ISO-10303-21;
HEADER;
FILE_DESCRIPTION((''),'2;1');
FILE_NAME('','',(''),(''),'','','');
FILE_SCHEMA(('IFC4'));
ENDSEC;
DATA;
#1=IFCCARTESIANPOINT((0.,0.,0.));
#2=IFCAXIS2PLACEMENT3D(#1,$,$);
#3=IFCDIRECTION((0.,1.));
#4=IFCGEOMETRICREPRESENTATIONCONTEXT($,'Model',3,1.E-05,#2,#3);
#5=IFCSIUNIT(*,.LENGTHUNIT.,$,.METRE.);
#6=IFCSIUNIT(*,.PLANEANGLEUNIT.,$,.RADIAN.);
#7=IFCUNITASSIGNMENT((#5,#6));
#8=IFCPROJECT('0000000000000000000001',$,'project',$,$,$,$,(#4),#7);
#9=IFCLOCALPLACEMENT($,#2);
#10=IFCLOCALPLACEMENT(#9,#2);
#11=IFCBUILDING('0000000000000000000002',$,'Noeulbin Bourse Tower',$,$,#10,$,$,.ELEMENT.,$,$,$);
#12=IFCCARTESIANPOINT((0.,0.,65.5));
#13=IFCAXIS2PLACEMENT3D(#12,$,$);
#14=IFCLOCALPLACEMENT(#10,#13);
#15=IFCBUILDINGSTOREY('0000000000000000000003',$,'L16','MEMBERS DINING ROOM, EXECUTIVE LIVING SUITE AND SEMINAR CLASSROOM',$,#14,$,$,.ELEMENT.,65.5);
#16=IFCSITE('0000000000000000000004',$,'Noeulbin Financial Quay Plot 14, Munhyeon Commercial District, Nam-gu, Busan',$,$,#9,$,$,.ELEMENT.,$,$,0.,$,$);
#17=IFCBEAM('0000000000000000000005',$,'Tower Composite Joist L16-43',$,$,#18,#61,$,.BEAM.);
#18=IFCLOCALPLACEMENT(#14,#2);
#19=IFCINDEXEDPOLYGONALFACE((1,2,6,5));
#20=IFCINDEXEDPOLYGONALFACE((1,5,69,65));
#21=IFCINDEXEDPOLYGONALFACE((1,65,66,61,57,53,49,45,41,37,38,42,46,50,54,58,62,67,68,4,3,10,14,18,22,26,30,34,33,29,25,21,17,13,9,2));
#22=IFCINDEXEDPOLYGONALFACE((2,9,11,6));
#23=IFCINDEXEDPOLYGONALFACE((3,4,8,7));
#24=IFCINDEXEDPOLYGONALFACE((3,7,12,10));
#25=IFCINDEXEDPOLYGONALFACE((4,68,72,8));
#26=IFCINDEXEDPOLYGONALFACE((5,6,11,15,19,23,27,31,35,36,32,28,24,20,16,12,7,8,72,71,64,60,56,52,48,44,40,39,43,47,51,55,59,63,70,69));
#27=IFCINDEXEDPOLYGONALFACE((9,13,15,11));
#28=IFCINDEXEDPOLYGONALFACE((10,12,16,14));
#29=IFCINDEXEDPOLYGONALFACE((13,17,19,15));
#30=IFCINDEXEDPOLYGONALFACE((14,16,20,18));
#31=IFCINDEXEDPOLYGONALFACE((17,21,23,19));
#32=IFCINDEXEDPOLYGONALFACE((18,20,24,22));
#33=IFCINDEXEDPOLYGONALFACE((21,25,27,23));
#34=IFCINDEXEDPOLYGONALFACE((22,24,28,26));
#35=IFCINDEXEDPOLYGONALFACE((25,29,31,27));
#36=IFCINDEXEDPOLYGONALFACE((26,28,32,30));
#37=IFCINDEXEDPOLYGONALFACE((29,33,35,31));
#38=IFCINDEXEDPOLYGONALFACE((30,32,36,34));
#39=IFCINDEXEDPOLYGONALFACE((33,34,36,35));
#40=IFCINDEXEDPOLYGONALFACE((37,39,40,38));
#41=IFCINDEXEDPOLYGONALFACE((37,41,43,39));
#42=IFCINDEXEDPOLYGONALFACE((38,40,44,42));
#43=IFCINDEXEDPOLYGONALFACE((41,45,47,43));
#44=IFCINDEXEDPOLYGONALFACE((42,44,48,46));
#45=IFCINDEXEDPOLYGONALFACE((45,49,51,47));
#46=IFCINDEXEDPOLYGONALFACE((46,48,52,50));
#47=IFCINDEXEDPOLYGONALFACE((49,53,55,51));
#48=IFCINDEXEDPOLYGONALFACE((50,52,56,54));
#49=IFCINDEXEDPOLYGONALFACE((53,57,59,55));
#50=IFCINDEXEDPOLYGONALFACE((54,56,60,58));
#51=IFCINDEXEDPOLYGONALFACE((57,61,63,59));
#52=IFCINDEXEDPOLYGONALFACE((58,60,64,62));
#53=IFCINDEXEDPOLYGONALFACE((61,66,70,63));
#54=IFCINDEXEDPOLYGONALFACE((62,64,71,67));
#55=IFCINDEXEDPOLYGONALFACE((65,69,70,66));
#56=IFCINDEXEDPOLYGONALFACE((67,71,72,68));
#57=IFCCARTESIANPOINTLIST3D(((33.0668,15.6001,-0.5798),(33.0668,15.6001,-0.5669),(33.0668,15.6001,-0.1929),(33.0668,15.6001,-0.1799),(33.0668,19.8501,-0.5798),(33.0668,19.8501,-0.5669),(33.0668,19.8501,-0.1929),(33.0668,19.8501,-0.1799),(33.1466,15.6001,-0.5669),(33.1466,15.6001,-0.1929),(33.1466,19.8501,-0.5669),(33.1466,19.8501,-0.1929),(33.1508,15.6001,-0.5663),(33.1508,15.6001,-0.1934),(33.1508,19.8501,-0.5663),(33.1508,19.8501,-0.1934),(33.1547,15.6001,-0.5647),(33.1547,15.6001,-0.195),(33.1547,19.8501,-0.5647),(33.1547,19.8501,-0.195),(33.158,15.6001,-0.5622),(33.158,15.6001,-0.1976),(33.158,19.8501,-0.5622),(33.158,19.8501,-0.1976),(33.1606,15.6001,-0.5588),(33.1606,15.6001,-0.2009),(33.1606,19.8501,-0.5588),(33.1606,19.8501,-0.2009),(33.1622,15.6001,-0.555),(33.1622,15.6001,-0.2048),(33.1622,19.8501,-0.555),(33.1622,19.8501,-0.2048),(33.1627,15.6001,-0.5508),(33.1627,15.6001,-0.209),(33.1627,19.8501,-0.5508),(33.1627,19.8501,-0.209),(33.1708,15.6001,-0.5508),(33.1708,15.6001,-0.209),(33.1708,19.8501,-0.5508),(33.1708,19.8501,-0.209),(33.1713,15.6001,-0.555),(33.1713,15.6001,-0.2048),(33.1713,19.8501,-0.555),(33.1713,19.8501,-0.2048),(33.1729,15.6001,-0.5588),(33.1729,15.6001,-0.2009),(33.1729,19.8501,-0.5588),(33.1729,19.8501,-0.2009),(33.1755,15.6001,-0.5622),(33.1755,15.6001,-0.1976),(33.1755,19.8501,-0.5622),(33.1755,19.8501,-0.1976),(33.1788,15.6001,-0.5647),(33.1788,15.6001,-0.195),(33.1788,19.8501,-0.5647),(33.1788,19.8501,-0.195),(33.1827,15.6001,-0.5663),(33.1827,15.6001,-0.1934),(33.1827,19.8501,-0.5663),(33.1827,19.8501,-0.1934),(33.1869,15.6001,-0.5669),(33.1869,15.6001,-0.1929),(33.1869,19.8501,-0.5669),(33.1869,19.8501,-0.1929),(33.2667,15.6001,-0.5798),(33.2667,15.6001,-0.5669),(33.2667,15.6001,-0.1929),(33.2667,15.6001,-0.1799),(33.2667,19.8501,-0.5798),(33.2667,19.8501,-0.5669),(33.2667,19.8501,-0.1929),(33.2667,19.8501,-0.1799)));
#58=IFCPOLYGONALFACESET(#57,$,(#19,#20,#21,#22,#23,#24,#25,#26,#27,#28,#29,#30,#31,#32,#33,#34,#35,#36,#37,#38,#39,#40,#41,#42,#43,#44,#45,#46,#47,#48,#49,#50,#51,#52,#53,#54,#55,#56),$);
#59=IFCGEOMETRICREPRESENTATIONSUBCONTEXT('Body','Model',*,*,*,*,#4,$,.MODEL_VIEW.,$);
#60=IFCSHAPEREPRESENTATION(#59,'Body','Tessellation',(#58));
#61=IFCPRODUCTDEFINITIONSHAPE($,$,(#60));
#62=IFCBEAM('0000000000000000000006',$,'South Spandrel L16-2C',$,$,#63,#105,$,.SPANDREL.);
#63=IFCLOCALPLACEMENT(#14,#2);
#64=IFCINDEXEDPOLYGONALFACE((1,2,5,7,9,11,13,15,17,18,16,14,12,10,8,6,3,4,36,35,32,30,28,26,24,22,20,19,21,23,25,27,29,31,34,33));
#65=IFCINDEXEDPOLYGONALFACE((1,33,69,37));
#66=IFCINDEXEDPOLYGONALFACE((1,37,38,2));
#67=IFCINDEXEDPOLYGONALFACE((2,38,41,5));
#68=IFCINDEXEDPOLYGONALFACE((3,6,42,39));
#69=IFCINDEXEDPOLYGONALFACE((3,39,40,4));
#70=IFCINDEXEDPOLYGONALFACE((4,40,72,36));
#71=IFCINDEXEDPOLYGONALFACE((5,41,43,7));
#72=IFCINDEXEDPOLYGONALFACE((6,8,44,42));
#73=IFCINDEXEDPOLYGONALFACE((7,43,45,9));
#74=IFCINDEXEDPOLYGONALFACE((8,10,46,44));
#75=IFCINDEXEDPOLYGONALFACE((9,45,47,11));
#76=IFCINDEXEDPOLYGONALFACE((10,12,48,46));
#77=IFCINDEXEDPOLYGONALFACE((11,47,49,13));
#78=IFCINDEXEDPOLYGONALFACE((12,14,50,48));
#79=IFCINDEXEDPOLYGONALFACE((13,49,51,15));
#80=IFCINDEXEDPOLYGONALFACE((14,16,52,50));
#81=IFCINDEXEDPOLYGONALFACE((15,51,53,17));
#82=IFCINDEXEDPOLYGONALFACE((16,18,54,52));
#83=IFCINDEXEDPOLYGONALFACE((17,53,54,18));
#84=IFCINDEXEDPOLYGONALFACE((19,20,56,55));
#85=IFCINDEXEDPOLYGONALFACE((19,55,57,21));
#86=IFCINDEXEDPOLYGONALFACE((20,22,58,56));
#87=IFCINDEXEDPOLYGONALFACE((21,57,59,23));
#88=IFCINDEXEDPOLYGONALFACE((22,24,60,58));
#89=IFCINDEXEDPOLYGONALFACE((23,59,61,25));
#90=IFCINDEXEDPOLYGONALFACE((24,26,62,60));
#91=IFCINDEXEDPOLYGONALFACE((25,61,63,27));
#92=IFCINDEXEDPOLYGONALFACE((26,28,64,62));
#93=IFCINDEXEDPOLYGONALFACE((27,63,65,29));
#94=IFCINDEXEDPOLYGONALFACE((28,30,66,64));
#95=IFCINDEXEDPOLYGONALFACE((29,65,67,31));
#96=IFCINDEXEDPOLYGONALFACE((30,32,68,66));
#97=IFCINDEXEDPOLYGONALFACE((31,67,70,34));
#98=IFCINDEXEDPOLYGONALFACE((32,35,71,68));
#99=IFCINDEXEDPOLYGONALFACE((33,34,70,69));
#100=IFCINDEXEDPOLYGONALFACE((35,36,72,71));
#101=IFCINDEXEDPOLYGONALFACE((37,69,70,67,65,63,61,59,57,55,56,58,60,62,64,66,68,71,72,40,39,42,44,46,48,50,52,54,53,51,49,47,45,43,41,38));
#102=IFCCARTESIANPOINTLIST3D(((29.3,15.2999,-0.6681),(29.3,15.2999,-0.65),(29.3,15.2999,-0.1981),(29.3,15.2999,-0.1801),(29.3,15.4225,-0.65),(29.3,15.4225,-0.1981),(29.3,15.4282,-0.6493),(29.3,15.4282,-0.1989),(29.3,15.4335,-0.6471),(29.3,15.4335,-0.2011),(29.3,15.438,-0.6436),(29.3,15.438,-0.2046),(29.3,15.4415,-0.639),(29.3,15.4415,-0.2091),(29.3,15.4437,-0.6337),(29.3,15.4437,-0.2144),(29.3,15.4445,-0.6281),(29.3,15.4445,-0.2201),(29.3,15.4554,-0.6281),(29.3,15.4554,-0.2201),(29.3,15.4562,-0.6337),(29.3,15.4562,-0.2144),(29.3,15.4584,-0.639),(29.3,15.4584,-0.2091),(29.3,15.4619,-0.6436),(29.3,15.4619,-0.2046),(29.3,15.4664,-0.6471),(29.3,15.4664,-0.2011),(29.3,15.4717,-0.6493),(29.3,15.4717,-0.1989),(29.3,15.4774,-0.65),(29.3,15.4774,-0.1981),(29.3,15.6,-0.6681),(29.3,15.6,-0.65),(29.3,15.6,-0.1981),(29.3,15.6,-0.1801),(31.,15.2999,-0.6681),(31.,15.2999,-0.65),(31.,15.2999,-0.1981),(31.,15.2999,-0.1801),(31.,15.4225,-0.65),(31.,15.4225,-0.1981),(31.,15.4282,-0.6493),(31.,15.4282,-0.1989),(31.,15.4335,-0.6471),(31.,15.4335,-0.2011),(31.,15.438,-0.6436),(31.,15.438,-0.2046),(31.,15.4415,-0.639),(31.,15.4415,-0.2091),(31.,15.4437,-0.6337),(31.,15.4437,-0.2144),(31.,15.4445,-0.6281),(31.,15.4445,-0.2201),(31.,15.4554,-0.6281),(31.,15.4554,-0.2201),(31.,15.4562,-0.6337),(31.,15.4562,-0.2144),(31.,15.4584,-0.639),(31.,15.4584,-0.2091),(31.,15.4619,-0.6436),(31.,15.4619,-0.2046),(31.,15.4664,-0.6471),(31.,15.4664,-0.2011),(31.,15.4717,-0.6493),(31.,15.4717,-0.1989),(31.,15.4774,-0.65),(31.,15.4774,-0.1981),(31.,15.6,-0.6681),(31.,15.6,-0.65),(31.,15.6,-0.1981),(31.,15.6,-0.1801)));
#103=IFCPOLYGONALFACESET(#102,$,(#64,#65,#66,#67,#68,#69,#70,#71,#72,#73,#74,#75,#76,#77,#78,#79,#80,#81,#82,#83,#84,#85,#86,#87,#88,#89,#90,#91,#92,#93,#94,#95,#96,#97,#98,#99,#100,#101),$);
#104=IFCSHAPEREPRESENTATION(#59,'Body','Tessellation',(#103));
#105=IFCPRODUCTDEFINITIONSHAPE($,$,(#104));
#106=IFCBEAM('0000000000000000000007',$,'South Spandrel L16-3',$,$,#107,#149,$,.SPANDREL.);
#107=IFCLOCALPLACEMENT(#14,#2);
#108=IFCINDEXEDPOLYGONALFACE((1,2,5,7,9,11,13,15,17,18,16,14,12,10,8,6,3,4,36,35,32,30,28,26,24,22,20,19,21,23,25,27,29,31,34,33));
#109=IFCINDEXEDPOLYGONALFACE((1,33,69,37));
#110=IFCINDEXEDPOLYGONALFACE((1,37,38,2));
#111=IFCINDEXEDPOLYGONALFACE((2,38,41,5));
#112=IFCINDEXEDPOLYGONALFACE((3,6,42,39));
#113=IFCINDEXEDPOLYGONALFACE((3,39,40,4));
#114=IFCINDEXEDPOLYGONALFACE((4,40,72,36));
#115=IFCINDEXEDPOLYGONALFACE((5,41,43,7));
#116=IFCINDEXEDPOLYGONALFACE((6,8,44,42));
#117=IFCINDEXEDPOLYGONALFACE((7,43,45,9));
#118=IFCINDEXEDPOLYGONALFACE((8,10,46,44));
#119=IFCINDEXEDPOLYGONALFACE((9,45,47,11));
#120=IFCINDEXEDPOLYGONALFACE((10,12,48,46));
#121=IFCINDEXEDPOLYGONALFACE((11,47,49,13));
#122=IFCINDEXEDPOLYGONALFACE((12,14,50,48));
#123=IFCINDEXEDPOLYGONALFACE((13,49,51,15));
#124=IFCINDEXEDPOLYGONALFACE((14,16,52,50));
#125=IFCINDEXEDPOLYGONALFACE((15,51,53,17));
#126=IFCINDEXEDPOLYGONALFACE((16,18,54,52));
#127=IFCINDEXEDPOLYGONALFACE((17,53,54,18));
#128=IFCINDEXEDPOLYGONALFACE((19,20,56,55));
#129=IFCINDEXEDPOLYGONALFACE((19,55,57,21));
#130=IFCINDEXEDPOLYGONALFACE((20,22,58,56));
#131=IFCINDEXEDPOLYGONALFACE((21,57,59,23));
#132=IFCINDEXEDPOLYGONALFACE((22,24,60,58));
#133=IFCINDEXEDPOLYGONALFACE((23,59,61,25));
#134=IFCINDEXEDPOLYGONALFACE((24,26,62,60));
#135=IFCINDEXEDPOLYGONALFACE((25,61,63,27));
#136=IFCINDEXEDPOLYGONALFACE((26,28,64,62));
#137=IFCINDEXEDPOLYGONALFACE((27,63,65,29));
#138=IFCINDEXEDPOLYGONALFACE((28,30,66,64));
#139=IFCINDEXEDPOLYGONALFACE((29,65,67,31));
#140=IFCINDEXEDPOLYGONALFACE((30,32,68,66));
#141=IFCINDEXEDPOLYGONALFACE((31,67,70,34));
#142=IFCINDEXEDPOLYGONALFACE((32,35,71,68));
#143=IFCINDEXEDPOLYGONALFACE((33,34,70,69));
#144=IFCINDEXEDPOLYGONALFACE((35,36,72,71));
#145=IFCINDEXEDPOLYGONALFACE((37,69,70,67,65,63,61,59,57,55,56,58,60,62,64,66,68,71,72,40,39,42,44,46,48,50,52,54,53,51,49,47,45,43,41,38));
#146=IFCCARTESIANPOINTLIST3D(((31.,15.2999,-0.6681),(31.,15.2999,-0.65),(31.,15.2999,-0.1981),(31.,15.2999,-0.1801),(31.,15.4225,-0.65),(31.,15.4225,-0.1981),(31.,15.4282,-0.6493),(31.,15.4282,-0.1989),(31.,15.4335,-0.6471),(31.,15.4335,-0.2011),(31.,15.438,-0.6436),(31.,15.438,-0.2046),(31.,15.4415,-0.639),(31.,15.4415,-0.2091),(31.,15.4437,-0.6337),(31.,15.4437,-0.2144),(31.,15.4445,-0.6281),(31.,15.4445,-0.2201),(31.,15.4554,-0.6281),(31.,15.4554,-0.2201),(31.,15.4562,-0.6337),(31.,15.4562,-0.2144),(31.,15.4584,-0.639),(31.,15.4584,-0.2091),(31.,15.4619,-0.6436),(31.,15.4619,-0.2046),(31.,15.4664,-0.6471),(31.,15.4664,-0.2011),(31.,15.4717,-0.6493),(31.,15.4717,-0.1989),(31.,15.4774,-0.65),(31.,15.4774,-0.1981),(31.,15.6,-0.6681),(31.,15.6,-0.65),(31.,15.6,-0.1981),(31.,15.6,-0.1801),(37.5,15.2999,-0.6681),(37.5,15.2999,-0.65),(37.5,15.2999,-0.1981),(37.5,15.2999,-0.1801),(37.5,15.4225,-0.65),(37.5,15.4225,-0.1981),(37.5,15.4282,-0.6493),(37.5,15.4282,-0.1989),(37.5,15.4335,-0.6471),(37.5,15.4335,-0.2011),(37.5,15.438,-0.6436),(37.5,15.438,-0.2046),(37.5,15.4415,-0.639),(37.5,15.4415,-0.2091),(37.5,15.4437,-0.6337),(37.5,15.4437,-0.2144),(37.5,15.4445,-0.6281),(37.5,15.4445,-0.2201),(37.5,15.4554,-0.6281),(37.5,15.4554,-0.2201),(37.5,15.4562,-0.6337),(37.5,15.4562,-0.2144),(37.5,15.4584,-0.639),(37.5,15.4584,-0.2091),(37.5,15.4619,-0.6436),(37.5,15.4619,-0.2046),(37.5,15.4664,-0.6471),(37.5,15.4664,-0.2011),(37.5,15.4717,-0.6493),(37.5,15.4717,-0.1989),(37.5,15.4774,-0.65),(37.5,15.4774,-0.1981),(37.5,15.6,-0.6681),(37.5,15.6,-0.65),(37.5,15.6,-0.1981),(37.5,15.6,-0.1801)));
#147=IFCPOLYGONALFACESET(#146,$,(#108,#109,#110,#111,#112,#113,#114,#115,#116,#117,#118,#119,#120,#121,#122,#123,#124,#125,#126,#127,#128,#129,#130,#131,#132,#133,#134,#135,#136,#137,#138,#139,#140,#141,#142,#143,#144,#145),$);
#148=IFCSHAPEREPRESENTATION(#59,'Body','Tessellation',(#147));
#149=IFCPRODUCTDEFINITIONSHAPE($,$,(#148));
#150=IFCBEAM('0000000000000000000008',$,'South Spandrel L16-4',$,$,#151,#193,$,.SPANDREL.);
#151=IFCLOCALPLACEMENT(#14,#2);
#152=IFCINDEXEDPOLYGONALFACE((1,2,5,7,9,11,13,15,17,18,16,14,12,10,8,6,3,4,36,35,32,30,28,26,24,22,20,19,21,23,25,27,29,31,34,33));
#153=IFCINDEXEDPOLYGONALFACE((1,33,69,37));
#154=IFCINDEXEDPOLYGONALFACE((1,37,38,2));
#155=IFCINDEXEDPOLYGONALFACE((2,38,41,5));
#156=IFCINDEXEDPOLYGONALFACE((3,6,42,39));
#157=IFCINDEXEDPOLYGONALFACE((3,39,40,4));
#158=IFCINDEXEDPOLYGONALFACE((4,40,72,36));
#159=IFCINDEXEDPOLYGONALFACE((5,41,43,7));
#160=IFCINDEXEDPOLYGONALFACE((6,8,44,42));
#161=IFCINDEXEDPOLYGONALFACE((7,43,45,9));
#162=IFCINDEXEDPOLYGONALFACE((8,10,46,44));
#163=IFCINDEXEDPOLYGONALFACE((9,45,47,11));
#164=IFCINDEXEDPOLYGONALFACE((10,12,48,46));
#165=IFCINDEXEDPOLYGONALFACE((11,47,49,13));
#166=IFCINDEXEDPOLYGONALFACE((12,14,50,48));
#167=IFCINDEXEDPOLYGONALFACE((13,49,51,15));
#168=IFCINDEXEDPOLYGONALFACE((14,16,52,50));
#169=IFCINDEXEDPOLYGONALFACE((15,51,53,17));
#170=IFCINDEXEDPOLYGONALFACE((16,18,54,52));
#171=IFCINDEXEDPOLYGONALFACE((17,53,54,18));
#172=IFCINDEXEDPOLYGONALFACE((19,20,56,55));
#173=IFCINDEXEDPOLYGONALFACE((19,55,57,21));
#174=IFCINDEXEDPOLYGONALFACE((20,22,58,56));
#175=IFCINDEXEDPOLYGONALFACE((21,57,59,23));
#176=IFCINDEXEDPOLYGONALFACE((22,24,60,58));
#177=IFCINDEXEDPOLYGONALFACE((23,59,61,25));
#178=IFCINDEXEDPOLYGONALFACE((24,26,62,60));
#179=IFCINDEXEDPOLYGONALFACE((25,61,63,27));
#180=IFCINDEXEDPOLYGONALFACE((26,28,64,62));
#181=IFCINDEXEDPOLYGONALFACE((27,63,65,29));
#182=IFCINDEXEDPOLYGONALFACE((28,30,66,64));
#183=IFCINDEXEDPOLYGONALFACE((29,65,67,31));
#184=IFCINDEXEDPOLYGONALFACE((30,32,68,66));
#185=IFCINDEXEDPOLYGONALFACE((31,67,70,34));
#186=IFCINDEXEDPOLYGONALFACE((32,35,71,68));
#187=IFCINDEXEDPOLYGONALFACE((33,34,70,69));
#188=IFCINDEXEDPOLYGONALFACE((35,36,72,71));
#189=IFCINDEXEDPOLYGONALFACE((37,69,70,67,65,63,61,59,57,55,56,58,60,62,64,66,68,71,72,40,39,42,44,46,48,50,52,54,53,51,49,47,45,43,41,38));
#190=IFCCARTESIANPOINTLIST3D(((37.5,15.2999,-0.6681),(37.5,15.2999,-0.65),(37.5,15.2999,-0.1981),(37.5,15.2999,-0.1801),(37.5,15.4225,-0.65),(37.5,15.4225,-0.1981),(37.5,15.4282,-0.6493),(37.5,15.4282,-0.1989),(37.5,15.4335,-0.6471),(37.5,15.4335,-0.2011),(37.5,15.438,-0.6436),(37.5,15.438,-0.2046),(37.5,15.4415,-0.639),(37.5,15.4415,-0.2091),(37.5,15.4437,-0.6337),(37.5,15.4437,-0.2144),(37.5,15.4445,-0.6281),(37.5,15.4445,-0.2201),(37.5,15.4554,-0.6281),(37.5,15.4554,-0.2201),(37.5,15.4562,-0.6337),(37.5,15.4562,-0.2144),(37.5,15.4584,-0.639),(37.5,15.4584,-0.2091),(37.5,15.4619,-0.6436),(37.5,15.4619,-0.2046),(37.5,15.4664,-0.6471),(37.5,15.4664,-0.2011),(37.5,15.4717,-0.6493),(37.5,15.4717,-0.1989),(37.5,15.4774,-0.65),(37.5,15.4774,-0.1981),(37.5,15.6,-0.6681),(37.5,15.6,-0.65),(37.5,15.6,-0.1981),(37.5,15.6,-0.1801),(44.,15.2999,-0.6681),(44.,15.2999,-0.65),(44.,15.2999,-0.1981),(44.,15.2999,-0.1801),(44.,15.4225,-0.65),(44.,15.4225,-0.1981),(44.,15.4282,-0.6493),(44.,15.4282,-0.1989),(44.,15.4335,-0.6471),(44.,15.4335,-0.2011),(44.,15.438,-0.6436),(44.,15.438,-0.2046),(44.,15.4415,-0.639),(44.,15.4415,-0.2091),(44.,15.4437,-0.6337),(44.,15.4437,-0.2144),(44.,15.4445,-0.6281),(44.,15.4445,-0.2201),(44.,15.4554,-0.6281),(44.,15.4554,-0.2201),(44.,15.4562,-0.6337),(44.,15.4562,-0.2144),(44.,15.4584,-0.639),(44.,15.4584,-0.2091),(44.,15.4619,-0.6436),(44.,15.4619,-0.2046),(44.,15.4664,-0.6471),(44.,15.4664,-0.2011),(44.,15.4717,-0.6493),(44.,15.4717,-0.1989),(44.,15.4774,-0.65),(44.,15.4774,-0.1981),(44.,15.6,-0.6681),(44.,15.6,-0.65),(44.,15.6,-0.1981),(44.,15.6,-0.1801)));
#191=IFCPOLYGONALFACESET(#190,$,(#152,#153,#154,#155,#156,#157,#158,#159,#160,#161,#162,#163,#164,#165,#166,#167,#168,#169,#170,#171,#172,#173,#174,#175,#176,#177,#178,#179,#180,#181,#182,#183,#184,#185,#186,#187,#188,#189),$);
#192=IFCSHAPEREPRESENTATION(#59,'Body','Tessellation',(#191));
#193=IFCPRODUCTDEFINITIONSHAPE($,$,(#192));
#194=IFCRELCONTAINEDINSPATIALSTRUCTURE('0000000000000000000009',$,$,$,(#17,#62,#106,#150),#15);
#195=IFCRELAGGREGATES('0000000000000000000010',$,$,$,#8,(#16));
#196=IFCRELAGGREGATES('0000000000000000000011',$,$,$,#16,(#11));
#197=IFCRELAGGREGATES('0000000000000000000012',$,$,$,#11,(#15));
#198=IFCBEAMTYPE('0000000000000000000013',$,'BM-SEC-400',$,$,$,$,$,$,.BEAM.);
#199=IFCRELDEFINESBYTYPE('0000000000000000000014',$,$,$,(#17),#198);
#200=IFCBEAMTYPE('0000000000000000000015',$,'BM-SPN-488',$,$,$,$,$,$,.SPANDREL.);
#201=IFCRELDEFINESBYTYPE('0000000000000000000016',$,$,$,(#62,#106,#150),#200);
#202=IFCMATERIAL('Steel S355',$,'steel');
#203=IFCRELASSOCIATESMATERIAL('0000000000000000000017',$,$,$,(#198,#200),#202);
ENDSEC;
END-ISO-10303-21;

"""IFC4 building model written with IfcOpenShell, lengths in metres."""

from ifc_helpers import new_model, si_unit, direction, frame, origin, origin_2d, place, context, subcontext, project, spatial, i_section, extrude, material, material_profile, profile_set, type_object, element, save


model = new_model("IFC4")

# Units and contexts
model_context = context("Model", 3, precision=1e-05, world=origin(), true_north=direction((0.0, 1.0)))
body_context = subcontext(model_context, "Body", "Model", "MODEL_VIEW")
ifc_project = project(units=[si_unit("LENGTHUNIT", "METRE"), si_unit("PLANEANGLEUNIT", "RADIAN")], contexts=[model_context])

# Site, building, storey
site_placement = place(None, origin())
site = spatial("IfcSite", under=ifc_project, at=site_placement, Name="Noeulbin Financial Quay Plot 14, Munhyeon Commercial District, Nam-gu, Busan", CompositionType="ELEMENT", RefElevation=0.0)
building_placement = place(site_placement, origin())
building = spatial("IfcBuilding", under=site, at=building_placement, Name="Noeulbin Bourse Tower", CompositionType="ELEMENT")
storey_placement = place(building_placement, frame((0.0, 0.0, 65.5)))
storey = spatial("IfcBuildingStorey", under=building, at=storey_placement, Name="L16", Description="MEMBERS DINING ROOM, EXECUTIVE LIVING SUITE AND SEMINAR CLASSROOM", CompositionType="ELEMENT", Elevation=65.5)

# Beams
ifc_material_1 = material(Name="Steel S355", Category="steel")
ifc_material_profile_1 = material_profile(ifc_material_1, i_section(OverallWidth=0.2, OverallDepth=0.3999, WebThickness=0.0081, FlangeThickness=0.0129, FilletRadius=0.0161, at=origin_2d()), Name="H-400x200x8x13", Category="LoadBearing")
ifc_profile_set_1 = profile_set([ifc_material_profile_1], Name="Steel S355")
beam_type_1 = type_object("IfcBeamType", Name="BM-SEC-400", PredefinedType="BEAM", material=ifc_profile_set_1)
for number, where, z_axis, x_axis, name in (
    (1, (33.1667, 15.6001, -0.3799), (0.0, 1.0, 0.0), (-1.0, 0.0, 0.0), "Tower Composite Joist L16-43"),
):
    element("IfcBeam", number, at=place(storey_placement, frame(where, z_axis=z_axis, x_axis=x_axis)), inside=storey, type_object=beam_type_1, Name=name, PredefinedType="BEAM", context=body_context, shape_type="SweptSolid", body=[
        extrude(i_section(OverallWidth=0.2, OverallDepth=0.3999, WebThickness=0.0081, FlangeThickness=0.0129, FilletRadius=0.0161, at=origin_2d()), origin(), (0.0, 0.0, 1.0), 4.25),
    ])
ifc_material_profile_2 = material_profile(ifc_material_1, i_section(OverallWidth=0.3, OverallDepth=0.488, WebThickness=0.011, FlangeThickness=0.0181, FilletRadius=0.022, at=origin_2d()), Name="H-488x300x11x18", Category="LoadBearing")
ifc_profile_set_2 = profile_set([ifc_material_profile_2], Name="Steel S355")
beam_type_2 = type_object("IfcBeamType", Name="BM-SPN-488", PredefinedType="SPANDREL", material=ifc_profile_set_2)
beam_1_placement = place(storey_placement, frame((29.3, 15.45, -0.4241), z_axis=(1.0, 0.0, 0.0), x_axis=(0.0, 1.0, 0.0)))
element("IfcBeam", 2, at=beam_1_placement, inside=storey, type_object=beam_type_2, Name="South Spandrel L16-2C", PredefinedType="SPANDREL", context=body_context, shape_type="SweptSolid", body=[
    extrude(i_section(OverallWidth=0.3, OverallDepth=0.488, WebThickness=0.011, FlangeThickness=0.0181, FilletRadius=0.022, at=origin_2d()), origin(), (0.0, 0.0, 1.0), 1.7),
])
for number, where, z_axis, x_axis, name in (
    (3, (31.0, 15.45, -0.4241), (1.0, 0.0, 0.0), (0.0, 1.0, 0.0), "South Spandrel L16-3"),
    (4, (37.5, 15.45, -0.4241), (1.0, 0.0, 0.0), (0.0, 1.0, 0.0), "South Spandrel L16-4"),
):
    element("IfcBeam", number, at=place(storey_placement, frame(where, z_axis=z_axis, x_axis=x_axis)), inside=storey, type_object=beam_type_2, Name=name, PredefinedType="SPANDREL", context=body_context, shape_type="SweptSolid", body=[
        extrude(i_section(OverallWidth=0.3, OverallDepth=0.488, WebThickness=0.011, FlangeThickness=0.0181, FilletRadius=0.022, at=origin_2d()), origin(), (0.0, 0.0, 1.0), 6.5),
    ])

save(model, "model.ifc")
